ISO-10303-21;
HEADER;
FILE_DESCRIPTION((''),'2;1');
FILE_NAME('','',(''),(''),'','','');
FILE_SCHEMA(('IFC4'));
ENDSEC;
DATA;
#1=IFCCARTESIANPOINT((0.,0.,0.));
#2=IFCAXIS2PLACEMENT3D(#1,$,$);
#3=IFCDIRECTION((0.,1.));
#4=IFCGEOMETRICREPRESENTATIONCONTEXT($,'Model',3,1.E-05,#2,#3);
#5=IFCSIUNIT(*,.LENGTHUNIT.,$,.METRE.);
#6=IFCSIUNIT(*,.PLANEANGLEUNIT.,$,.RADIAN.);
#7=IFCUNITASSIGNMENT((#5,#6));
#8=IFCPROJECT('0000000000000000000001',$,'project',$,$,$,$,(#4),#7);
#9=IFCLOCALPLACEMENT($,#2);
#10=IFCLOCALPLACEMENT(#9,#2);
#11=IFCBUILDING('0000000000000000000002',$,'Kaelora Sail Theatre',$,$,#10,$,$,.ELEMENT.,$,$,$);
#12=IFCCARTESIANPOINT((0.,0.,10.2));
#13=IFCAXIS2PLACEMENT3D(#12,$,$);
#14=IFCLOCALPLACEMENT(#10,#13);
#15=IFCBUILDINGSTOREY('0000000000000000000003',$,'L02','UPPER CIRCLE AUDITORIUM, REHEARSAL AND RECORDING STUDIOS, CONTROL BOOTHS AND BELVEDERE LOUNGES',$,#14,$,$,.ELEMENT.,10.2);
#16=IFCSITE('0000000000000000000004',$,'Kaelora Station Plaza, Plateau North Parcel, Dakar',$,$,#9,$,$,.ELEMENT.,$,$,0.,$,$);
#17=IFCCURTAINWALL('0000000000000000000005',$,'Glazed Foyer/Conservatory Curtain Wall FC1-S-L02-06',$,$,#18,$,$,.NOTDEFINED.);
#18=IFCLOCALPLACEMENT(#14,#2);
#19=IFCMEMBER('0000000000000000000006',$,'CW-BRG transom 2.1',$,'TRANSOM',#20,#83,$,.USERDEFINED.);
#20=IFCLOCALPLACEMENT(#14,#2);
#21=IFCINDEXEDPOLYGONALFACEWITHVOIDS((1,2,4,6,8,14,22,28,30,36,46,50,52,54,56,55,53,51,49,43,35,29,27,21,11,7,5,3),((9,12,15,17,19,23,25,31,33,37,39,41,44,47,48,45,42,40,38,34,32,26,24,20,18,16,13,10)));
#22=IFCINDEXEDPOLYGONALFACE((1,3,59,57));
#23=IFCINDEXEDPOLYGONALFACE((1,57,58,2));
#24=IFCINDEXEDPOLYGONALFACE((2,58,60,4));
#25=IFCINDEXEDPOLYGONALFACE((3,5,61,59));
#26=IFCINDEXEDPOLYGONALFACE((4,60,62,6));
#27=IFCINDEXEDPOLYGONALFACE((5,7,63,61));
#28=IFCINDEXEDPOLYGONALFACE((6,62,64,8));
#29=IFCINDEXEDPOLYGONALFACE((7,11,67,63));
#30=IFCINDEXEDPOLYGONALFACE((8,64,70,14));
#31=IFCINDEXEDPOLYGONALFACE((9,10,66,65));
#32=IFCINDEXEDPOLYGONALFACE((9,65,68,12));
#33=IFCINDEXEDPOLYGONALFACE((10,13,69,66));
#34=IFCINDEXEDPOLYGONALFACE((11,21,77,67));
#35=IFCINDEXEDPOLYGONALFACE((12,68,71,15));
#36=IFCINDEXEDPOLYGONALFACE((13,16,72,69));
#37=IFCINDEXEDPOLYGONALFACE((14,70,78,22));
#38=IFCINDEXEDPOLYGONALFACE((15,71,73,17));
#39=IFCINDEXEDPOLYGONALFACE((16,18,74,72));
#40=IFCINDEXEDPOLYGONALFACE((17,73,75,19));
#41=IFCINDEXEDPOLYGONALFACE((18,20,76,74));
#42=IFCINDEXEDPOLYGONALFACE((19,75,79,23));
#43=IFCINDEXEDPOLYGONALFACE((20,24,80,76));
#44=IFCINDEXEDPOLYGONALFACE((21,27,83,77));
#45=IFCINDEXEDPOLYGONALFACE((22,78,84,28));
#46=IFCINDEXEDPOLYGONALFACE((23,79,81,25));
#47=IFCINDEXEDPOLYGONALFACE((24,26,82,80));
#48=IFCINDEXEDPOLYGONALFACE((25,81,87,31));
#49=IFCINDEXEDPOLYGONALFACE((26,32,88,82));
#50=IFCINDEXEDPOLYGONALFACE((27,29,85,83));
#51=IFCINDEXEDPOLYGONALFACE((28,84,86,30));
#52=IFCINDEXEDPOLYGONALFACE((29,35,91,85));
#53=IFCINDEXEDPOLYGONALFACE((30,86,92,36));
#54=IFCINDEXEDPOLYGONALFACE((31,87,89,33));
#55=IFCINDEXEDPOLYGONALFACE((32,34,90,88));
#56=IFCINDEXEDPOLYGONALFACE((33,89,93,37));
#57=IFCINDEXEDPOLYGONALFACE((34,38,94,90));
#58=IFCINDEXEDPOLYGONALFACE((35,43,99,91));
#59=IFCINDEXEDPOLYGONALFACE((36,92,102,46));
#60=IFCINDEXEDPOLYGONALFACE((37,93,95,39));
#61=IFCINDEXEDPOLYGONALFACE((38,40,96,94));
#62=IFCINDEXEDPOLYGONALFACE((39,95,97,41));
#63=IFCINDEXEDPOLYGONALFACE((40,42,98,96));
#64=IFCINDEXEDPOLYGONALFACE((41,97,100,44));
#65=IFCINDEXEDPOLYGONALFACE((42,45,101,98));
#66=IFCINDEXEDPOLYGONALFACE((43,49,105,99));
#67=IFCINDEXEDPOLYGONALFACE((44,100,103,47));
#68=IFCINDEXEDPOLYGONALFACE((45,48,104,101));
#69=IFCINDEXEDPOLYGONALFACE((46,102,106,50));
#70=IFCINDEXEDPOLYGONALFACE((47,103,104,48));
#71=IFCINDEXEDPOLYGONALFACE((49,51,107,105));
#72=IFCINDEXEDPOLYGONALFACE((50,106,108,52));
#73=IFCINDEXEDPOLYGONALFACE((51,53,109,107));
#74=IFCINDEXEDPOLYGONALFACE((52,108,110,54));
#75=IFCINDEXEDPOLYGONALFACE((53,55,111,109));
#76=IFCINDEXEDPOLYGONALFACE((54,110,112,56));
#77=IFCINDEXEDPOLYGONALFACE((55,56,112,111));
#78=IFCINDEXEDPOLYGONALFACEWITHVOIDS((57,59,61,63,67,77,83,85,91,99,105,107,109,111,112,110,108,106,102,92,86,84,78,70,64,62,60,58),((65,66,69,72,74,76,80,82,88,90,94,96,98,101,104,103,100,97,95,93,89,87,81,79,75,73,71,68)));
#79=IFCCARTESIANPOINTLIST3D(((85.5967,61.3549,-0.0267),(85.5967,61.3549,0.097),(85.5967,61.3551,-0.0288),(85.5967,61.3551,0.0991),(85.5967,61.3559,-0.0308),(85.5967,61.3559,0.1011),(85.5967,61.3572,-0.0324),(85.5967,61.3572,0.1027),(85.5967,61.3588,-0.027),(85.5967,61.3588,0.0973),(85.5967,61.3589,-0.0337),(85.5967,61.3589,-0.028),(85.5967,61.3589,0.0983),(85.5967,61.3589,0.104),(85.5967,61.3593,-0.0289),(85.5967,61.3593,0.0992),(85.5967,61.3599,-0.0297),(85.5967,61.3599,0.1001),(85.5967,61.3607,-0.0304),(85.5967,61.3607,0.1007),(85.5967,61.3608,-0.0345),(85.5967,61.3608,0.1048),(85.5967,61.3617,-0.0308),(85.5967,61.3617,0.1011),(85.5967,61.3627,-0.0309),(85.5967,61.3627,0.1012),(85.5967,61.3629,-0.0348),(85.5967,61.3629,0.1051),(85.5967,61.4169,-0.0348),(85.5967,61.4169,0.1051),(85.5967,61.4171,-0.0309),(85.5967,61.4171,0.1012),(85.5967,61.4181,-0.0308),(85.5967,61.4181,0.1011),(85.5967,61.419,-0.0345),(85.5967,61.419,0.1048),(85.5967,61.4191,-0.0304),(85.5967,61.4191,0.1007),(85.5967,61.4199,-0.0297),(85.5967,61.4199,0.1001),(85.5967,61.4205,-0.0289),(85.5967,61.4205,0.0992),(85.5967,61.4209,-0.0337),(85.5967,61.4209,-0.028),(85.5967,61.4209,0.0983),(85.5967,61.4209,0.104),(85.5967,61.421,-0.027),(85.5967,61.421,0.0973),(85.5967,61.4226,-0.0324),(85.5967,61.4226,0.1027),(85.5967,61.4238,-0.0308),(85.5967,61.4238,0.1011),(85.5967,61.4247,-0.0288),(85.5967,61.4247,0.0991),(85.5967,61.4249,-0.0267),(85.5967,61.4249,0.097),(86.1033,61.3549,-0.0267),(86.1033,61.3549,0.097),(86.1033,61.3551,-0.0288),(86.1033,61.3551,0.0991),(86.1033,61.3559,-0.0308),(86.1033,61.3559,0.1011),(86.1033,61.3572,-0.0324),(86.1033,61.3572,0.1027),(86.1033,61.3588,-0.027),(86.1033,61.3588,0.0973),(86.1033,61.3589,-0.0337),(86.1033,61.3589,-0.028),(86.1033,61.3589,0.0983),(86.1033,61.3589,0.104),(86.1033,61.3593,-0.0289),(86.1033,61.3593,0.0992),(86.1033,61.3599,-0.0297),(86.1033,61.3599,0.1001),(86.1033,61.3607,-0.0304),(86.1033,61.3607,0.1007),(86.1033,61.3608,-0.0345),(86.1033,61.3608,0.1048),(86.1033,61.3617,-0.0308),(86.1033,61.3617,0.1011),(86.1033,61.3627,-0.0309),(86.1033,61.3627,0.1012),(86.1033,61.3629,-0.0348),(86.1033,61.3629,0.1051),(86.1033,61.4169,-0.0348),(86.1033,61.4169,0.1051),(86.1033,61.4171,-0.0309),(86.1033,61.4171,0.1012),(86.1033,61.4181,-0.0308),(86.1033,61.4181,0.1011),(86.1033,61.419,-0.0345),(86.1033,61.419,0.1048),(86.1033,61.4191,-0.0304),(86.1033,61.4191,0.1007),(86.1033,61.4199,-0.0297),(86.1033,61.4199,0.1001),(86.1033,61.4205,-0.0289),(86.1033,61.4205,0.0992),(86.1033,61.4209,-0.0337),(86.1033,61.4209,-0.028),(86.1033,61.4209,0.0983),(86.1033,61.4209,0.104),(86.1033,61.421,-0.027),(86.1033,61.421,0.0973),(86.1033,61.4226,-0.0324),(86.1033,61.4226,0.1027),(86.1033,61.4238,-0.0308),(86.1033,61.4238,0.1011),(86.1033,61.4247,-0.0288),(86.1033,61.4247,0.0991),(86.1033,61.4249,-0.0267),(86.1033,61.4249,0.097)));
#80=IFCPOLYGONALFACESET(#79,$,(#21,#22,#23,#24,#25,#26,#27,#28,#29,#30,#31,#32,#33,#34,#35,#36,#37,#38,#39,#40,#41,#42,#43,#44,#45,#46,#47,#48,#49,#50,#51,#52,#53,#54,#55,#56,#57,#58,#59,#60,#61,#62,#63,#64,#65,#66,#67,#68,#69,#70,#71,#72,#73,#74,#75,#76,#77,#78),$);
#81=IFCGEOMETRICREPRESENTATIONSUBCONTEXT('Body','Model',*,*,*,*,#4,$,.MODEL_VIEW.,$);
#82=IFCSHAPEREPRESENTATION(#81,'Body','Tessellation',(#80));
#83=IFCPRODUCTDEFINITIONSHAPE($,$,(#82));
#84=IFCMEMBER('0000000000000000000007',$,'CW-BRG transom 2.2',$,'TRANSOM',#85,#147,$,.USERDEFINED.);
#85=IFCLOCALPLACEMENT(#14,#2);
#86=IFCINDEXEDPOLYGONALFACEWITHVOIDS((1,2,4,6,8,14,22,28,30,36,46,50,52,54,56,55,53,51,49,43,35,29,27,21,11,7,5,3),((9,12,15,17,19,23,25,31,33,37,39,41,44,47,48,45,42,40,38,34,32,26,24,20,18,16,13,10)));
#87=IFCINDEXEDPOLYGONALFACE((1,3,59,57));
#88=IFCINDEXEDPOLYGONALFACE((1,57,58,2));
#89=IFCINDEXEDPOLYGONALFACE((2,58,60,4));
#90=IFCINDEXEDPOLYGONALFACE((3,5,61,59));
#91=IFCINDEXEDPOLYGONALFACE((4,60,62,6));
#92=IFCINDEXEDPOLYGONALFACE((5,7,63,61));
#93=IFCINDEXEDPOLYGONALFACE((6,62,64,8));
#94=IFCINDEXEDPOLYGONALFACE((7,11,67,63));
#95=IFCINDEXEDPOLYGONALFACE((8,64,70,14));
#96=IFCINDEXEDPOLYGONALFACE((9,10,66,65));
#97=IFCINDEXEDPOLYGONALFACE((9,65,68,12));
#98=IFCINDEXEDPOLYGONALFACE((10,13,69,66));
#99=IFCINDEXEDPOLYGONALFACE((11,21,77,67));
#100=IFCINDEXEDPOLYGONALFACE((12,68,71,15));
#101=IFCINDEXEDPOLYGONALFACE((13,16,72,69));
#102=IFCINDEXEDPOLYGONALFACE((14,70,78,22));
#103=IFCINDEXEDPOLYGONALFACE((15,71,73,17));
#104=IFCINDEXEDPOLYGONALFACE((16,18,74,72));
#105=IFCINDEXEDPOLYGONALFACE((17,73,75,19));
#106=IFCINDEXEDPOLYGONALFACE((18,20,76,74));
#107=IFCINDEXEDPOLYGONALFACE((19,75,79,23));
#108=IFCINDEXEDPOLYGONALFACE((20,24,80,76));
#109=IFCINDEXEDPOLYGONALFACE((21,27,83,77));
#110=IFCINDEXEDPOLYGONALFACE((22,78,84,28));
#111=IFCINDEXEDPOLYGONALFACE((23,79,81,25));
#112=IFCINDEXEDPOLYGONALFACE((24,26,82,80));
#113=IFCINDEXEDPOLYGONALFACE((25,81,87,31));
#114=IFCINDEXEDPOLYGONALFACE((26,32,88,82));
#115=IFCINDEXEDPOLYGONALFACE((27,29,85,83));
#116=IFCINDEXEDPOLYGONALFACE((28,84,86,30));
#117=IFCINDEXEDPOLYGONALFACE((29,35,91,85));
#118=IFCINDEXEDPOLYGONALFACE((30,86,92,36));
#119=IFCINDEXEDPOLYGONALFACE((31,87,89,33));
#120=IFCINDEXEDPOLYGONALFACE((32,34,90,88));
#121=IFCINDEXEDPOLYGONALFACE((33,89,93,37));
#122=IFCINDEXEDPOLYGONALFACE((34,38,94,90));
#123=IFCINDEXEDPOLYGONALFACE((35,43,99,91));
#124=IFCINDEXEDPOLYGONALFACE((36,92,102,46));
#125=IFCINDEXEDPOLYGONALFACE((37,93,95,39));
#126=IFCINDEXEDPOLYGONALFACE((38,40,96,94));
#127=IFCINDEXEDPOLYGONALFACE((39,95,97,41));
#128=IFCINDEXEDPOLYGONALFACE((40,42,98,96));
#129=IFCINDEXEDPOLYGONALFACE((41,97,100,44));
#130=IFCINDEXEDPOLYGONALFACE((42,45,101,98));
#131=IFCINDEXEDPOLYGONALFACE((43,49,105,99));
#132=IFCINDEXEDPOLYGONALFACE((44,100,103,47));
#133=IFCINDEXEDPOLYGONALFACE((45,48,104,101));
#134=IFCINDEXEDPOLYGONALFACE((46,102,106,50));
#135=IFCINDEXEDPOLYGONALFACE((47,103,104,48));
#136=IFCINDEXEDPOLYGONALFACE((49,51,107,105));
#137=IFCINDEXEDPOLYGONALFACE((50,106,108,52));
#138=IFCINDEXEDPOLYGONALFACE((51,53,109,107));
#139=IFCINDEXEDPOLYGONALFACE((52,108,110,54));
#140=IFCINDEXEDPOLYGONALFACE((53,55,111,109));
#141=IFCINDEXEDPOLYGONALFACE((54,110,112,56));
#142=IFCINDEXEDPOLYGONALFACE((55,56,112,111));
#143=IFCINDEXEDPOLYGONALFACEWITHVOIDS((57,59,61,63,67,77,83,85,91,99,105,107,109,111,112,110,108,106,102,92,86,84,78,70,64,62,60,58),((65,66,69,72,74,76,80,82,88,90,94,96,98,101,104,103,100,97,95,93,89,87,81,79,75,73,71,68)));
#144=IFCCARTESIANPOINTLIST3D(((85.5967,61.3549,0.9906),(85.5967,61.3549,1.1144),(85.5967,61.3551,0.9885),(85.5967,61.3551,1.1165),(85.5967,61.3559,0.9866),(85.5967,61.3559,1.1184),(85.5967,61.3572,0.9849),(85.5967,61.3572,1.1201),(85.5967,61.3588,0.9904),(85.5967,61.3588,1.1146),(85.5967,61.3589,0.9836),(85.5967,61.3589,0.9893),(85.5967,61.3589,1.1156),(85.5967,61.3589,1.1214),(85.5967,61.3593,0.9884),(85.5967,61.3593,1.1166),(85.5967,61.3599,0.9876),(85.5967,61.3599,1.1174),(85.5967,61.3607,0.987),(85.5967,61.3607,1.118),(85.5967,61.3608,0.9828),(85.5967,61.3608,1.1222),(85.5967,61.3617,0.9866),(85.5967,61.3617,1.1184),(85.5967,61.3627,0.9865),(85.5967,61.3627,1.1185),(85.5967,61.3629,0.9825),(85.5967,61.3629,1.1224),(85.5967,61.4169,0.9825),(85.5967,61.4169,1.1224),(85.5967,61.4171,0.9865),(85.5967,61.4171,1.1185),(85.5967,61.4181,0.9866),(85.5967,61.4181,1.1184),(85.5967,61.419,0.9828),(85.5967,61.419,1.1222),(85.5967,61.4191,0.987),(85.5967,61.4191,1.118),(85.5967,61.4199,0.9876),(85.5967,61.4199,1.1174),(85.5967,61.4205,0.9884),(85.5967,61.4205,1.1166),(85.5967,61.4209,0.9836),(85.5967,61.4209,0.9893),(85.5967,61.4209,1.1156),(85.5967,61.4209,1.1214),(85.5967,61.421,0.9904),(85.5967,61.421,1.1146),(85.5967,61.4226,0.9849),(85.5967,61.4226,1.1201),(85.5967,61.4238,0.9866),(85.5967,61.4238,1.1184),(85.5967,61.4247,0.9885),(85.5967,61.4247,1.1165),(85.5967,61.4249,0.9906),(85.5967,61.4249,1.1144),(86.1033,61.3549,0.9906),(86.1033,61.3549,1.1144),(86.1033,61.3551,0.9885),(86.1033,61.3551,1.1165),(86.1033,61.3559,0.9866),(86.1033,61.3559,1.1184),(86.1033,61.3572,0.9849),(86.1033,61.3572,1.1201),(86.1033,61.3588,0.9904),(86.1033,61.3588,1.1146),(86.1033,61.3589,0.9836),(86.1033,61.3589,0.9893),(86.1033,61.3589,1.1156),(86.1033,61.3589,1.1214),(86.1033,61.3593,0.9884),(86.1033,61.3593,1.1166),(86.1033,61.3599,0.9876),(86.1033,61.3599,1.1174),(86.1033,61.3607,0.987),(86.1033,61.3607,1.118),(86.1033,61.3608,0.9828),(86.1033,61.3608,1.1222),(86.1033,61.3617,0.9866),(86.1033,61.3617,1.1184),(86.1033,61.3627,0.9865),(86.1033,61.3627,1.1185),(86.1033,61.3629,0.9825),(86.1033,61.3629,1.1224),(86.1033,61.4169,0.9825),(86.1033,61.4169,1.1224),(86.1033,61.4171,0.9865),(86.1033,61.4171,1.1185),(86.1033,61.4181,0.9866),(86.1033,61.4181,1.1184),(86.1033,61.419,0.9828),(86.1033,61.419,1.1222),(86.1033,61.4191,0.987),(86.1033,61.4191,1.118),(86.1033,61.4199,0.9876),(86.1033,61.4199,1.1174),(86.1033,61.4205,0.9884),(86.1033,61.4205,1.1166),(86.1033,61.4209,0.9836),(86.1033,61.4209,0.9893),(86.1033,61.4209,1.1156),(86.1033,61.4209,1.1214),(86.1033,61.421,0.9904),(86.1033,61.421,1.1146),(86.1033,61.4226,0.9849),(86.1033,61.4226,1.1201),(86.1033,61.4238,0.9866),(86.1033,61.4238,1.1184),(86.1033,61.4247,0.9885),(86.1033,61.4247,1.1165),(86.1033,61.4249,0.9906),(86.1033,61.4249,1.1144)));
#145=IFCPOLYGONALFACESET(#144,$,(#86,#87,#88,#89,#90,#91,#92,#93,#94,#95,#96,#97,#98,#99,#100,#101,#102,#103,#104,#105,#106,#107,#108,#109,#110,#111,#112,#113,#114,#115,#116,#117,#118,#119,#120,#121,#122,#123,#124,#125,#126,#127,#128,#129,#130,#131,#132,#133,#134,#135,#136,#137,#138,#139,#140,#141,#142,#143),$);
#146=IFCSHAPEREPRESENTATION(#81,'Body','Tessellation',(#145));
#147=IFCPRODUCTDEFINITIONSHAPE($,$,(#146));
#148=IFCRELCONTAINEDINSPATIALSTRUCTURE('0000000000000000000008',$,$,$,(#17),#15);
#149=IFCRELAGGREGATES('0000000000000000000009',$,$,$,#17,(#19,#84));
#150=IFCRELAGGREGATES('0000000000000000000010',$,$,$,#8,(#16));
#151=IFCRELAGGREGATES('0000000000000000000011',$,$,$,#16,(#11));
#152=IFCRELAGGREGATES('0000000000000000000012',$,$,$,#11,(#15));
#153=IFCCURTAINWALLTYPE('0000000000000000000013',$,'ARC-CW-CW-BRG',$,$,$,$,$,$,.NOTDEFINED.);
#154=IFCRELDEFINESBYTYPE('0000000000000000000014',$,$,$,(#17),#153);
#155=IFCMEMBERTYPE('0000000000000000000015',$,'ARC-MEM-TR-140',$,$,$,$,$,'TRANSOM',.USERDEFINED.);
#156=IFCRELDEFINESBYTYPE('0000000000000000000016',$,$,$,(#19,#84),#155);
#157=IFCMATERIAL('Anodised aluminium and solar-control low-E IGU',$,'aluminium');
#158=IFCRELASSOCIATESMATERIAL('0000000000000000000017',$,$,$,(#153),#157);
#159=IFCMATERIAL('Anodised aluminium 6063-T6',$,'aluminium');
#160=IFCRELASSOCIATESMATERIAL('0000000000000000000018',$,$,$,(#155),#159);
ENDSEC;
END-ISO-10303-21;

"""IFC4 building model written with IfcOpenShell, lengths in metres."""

from ifc_helpers import new_model, si_unit, direction, frame, origin, origin_2d, place, context, subcontext, project, spatial, hollow_rectangle, extrude, material, material_profile, profile_set, type_object, element, aggregate, save


model = new_model("IFC4")

# Units and contexts
model_context = context("Model", 3, precision=1e-05, world=origin(), true_north=direction((0.0, 1.0)))
body_context = subcontext(model_context, "Body", "Model", "MODEL_VIEW")
ifc_project = project(units=[si_unit("LENGTHUNIT", "METRE"), si_unit("PLANEANGLEUNIT", "RADIAN")], contexts=[model_context])

# Site, building, storey
site_placement = place(None, origin())
site = spatial("IfcSite", under=ifc_project, at=site_placement, Name="Kaelora Station Plaza, Plateau North Parcel, Dakar", CompositionType="ELEMENT", RefElevation=0.0)
building_placement = place(site_placement, origin())
building = spatial("IfcBuilding", under=site, at=building_placement, Name="Kaelora Sail Theatre", CompositionType="ELEMENT")
storey_placement = place(building_placement, frame((0.0, 0.0, 10.2)))
storey = spatial("IfcBuildingStorey", under=building, at=storey_placement, Name="L02", Description="UPPER CIRCLE AUDITORIUM, REHEARSAL AND RECORDING STUDIOS, CONTROL BOOTHS AND BELVEDERE LOUNGES", CompositionType="ELEMENT", Elevation=10.2)

# Curtain wall
ifc_material_1 = material(Name="Anodised aluminium and solar-control low-E IGU", Category="aluminium")
curtain_wall_type = type_object("IfcCurtainWallType", Name="ARC-CW-CW-BRG", PredefinedType="NOTDEFINED", material=ifc_material_1)
curtain_wall_1_placement = place(storey_placement, origin())
curtain_wall_1 = element("IfcCurtainWall", 1, at=curtain_wall_1_placement, inside=storey, type_object=curtain_wall_type, Name="Glazed Foyer/Conservatory Curtain Wall FC1-S-L02-06", PredefinedType="NOTDEFINED")

# Members
ifc_material_2 = material(Name="Anodised aluminium 6063-T6", Category="aluminium")
ifc_material_profile_1 = material_profile(ifc_material_2, hollow_rectangle(XDim=0.0701, YDim=0.1399, WallThickness=0.0039, InnerFilletRadius=0.0039, OuterFilletRadius=0.0081, at=origin_2d()), Name="ALU-TRAN 70x140x4")
ifc_profile_set_1 = profile_set([ifc_material_profile_1], Name="Anodised aluminium 6063-T6")
member_type_1 = type_object("IfcMemberType", Name="ARC-MEM-TR-140", ElementType="TRANSOM", PredefinedType="USERDEFINED", material=ifc_profile_set_1)
member_1_placement = place(storey_placement, frame((85.5967, 61.3899, 0.0352), z_axis=(1.0, 0.0, 0.0), x_axis=(0.0, 1.0, 0.0)))
member_1 = element("IfcMember", 2, at=member_1_placement, type_object=member_type_1, Name="CW-BRG transom 2.1", ObjectType="TRANSOM", PredefinedType="USERDEFINED", context=body_context, shape_type="SweptSolid", body=[
    extrude(hollow_rectangle(XDim=0.0701, YDim=0.1399, WallThickness=0.0039, InnerFilletRadius=0.0039, OuterFilletRadius=0.0081, at=origin_2d()), origin(), (0.0, 0.0, 1.0), 0.5066),
])
member_2_placement = place(storey_placement, frame((85.5967, 61.3899, 1.0525), z_axis=(1.0, 0.0, 0.0), x_axis=(0.0, 1.0, 0.0)))
member_2 = element("IfcMember", 3, at=member_2_placement, type_object=member_type_1, Name="CW-BRG transom 2.2", ObjectType="TRANSOM", PredefinedType="USERDEFINED", context=body_context, shape_type="SweptSolid", body=[
    extrude(hollow_rectangle(XDim=0.0701, YDim=0.1399, WallThickness=0.0039, InnerFilletRadius=0.0039, OuterFilletRadius=0.0081, at=origin_2d()), origin(), (0.0, 0.0, 1.0), 0.5066),
])

aggregate(curtain_wall_1, [member_1, member_2])

save(model, "model.ifc")
